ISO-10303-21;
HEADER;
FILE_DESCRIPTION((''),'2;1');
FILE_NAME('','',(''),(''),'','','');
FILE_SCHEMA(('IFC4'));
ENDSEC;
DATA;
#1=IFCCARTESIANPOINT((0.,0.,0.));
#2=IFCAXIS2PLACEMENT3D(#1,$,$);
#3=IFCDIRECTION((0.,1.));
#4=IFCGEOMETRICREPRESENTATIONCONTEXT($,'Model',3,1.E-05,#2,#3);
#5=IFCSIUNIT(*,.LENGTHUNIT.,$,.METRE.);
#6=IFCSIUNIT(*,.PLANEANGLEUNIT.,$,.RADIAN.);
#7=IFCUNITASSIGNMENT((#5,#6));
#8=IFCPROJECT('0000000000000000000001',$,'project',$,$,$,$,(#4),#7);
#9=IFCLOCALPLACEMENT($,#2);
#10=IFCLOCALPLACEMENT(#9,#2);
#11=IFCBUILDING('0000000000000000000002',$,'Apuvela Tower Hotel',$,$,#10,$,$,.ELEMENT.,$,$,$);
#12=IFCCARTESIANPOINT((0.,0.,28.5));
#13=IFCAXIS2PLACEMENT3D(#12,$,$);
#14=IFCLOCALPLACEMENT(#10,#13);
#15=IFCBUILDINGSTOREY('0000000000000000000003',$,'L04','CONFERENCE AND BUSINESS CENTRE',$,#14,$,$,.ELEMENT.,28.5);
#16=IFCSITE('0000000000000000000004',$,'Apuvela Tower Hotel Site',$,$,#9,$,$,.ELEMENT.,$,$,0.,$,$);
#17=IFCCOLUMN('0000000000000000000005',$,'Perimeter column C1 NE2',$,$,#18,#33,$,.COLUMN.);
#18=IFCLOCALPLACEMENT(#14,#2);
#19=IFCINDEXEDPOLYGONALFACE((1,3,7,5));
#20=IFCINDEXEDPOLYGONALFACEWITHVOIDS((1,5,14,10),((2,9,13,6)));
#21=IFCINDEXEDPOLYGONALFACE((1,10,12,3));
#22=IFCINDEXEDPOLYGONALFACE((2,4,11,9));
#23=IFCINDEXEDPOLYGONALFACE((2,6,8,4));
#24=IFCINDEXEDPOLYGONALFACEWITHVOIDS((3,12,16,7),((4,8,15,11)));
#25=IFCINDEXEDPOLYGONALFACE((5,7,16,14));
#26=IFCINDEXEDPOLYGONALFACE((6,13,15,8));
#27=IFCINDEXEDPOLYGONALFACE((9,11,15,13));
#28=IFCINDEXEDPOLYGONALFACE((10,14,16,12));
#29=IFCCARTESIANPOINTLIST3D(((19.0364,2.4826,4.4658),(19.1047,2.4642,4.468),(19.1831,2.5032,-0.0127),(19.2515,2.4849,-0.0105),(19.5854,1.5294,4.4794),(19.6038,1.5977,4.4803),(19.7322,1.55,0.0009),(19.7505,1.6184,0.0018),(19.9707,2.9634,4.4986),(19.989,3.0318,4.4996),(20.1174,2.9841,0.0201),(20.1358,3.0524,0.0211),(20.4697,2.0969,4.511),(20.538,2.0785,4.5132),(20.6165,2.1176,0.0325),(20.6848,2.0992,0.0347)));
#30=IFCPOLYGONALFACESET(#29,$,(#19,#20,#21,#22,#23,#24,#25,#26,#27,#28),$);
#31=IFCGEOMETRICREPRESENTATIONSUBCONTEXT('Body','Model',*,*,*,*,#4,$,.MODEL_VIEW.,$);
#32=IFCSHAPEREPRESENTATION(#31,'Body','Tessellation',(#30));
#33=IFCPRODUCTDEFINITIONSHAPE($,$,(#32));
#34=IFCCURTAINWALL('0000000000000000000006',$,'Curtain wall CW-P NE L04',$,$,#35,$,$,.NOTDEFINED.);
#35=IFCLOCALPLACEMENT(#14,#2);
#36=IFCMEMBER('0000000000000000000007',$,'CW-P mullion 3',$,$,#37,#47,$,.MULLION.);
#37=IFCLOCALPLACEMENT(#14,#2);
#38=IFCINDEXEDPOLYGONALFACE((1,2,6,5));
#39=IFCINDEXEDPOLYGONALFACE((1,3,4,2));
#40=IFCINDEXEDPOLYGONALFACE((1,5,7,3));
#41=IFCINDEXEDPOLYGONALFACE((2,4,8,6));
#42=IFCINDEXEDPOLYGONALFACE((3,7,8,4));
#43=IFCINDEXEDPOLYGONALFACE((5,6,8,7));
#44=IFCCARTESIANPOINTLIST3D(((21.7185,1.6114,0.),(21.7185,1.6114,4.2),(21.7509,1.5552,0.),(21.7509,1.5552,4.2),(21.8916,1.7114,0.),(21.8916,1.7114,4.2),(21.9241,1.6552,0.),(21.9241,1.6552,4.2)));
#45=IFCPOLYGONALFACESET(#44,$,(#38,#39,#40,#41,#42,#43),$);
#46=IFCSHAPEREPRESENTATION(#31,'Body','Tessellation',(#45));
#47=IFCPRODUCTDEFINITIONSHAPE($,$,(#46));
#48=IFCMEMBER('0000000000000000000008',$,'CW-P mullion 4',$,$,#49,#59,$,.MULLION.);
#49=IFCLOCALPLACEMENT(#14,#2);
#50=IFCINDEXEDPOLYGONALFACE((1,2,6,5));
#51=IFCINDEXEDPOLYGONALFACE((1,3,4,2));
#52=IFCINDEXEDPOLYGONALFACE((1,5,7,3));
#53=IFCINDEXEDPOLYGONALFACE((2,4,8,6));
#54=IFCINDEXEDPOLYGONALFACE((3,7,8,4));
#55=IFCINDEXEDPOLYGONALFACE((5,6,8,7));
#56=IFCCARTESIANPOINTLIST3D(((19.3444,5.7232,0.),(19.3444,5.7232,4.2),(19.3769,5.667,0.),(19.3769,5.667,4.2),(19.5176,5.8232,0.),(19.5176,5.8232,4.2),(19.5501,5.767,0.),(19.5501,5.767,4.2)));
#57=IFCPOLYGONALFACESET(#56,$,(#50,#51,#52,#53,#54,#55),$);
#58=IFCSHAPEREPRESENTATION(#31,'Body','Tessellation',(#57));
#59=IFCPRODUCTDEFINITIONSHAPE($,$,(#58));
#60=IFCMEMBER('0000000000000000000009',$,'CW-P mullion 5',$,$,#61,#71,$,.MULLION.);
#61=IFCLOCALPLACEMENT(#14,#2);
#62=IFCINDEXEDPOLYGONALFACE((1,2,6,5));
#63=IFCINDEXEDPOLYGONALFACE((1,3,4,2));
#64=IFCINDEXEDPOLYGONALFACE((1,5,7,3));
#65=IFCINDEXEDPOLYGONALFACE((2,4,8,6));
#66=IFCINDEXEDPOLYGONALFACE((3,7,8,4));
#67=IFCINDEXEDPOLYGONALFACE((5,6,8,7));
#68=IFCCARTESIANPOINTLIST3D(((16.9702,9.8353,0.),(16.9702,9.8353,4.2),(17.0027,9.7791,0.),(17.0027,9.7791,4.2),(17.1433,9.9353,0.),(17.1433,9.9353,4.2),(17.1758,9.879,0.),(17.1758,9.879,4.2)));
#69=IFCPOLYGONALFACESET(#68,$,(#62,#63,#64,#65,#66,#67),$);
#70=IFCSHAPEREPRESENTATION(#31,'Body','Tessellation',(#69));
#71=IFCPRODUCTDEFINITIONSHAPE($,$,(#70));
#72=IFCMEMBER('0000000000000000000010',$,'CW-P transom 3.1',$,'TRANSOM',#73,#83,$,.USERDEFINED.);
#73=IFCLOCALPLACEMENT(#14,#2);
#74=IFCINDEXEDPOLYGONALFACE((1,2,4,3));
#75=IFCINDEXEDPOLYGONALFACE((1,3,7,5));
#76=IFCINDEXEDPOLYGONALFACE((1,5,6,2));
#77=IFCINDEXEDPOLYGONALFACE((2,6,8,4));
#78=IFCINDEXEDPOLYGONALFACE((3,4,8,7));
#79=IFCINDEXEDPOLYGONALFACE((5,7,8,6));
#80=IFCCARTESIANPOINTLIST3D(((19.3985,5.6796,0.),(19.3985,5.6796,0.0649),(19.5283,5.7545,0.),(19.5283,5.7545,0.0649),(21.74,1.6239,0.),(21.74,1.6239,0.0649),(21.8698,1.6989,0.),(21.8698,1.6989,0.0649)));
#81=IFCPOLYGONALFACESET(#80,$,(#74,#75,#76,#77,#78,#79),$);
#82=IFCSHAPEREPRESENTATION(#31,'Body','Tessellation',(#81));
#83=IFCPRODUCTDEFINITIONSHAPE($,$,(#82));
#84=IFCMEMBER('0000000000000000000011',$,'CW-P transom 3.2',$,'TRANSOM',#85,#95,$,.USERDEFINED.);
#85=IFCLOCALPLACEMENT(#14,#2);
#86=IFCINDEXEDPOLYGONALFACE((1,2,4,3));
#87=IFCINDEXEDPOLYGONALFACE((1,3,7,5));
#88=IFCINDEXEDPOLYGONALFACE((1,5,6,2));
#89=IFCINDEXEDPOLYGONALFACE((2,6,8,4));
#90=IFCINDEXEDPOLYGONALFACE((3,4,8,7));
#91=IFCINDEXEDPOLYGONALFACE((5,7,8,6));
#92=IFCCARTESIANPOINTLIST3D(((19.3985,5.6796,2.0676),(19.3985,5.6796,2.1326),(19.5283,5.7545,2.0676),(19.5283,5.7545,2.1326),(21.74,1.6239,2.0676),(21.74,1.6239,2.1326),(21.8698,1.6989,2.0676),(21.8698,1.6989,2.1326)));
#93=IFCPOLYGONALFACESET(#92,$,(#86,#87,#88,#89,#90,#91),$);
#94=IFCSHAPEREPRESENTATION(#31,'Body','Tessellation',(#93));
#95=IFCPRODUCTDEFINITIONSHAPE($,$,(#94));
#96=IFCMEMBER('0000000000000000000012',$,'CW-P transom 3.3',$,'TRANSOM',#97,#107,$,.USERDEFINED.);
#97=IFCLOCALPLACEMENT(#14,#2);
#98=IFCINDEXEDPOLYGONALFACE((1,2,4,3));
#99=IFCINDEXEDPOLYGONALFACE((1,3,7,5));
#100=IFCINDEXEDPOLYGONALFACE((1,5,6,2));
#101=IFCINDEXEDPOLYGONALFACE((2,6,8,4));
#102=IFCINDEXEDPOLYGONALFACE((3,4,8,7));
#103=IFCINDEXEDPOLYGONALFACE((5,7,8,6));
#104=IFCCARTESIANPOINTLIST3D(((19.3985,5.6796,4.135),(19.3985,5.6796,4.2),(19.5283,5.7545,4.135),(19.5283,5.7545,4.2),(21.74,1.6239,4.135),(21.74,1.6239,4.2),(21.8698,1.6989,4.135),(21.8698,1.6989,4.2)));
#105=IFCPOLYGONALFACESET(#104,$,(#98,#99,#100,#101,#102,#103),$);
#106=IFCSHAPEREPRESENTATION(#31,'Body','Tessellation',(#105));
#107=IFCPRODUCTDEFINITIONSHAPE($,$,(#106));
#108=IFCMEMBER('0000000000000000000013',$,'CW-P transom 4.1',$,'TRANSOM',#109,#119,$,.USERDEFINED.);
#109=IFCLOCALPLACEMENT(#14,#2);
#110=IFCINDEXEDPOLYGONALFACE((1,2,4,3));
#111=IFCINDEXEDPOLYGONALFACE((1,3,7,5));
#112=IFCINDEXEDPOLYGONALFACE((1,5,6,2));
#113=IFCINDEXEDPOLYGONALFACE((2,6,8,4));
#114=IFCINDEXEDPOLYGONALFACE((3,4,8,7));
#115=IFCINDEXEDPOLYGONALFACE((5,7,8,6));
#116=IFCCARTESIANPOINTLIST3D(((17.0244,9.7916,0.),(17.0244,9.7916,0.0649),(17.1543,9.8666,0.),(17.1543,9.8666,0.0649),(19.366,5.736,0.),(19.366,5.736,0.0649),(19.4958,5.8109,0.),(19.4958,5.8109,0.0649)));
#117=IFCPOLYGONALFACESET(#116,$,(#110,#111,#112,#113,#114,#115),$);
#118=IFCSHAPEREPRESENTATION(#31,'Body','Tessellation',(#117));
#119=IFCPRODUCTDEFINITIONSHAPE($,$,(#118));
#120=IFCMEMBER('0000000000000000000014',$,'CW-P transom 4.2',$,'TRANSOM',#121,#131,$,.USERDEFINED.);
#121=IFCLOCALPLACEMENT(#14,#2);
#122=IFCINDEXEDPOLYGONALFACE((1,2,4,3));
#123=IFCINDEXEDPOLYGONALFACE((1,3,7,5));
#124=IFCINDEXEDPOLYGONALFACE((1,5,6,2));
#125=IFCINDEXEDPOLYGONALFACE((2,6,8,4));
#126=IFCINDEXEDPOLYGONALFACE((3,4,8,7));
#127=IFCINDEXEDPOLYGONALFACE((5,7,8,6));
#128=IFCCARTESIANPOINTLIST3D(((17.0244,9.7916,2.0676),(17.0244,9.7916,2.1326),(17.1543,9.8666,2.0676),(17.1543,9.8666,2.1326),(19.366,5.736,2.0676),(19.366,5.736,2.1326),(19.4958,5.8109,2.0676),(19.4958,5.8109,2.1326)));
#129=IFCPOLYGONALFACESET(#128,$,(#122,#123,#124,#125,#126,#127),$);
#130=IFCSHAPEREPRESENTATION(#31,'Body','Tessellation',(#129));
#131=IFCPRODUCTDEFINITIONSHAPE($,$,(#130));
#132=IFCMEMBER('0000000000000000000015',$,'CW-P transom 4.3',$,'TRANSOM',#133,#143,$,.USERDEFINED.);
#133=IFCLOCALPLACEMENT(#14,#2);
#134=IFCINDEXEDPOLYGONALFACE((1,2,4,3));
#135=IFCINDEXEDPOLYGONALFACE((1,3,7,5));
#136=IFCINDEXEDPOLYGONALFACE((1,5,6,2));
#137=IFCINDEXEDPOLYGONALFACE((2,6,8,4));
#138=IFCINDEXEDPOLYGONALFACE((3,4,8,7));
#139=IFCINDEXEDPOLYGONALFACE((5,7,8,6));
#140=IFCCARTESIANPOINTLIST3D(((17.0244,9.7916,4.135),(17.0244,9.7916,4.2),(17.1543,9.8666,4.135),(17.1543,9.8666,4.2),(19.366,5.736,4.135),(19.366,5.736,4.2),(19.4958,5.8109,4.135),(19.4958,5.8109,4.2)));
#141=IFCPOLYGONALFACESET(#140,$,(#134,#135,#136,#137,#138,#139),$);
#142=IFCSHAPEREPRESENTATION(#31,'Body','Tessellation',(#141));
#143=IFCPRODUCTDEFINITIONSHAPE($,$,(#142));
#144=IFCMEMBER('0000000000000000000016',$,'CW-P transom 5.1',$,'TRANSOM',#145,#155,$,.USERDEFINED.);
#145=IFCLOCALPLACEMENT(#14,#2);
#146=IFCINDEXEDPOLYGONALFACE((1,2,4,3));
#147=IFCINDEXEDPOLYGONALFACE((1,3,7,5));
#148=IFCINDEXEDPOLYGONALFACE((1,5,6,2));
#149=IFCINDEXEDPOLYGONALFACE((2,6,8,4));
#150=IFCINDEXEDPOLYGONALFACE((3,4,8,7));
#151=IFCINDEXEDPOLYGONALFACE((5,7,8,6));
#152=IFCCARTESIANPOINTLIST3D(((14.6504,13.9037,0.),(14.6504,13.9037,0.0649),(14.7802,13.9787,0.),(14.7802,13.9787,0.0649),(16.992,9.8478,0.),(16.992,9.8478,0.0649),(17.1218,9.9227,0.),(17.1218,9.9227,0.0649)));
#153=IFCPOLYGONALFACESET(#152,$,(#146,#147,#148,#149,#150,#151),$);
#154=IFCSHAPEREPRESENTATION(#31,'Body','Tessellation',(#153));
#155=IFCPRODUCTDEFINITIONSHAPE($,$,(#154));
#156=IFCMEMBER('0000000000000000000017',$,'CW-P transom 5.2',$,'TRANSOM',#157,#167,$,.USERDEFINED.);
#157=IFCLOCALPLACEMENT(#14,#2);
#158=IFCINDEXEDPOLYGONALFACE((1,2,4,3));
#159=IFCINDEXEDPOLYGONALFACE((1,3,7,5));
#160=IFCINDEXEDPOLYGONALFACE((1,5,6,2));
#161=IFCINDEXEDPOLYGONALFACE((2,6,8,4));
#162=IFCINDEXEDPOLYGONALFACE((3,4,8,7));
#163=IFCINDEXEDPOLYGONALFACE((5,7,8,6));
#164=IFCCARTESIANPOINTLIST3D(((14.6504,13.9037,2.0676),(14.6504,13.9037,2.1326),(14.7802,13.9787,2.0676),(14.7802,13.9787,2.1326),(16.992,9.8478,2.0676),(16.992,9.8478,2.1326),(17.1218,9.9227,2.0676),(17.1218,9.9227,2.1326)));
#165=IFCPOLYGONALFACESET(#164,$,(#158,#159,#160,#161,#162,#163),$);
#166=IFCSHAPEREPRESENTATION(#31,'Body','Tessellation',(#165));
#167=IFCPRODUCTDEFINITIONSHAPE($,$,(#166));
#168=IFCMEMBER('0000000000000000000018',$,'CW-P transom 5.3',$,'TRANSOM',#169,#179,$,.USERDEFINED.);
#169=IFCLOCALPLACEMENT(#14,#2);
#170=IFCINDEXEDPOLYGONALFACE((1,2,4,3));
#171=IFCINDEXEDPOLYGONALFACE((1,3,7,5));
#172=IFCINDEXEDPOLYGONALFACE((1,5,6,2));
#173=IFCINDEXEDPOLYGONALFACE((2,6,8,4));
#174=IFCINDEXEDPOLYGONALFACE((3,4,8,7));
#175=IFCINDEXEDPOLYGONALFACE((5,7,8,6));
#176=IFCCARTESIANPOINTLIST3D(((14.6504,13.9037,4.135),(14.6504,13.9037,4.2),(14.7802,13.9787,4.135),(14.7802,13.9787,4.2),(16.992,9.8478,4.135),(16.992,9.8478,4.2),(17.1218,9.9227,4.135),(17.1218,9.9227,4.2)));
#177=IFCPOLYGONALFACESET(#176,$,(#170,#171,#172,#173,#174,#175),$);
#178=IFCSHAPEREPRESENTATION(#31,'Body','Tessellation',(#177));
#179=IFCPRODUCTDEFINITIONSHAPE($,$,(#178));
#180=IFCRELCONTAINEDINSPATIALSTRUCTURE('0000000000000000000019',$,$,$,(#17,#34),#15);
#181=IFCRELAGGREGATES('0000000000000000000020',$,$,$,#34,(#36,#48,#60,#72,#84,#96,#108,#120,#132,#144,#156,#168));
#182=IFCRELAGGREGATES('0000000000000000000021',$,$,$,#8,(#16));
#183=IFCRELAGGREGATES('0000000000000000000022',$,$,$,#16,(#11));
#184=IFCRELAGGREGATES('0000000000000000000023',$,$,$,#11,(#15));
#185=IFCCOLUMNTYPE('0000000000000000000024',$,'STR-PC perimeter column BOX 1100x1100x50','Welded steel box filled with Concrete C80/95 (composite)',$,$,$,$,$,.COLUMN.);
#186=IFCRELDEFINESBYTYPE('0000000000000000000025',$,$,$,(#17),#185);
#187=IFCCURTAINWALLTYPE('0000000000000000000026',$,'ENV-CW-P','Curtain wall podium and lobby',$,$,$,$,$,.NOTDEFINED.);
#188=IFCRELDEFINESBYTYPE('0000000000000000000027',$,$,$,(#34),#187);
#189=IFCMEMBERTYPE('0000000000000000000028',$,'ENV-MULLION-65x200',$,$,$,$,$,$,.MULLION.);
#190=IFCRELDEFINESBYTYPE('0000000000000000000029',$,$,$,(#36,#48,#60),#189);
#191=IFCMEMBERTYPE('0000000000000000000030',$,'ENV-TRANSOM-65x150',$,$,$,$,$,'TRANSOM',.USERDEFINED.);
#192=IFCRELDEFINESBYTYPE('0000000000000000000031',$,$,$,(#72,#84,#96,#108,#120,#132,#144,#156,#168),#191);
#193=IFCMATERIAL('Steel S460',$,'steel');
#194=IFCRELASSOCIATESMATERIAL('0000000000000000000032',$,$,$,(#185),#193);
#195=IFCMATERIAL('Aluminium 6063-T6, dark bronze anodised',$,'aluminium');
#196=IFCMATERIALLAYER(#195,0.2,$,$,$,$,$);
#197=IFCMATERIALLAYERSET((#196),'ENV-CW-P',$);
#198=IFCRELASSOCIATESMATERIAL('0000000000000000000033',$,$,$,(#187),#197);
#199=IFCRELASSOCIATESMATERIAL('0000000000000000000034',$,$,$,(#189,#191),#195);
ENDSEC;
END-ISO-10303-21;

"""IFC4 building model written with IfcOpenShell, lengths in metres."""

from ifc_helpers import new_model, si_unit, direction, frame, origin, origin_2d, place, context, subcontext, project, spatial, rectangle, hollow_rectangle, extrude, boolean, halfspace, material, layer, layer_set, material_profile, profile_set, type_object, element, aggregate, save


model = new_model("IFC4")

# Units and contexts
model_context = context("Model", 3, precision=1e-05, world=origin(), true_north=direction((0.0, 1.0)))
body_context = subcontext(model_context, "Body", "Model", "MODEL_VIEW")
ifc_project = project(units=[si_unit("LENGTHUNIT", "METRE"), si_unit("PLANEANGLEUNIT", "RADIAN")], contexts=[model_context])

# Site, building, storey
site_placement = place(None, origin())
site = spatial("IfcSite", under=ifc_project, at=site_placement, Name="Apuvela Tower Hotel Site", CompositionType="ELEMENT", RefElevation=0.0)
building_placement = place(site_placement, origin())
building = spatial("IfcBuilding", under=site, at=building_placement, Name="Apuvela Tower Hotel", CompositionType="ELEMENT")
storey_placement = place(building_placement, frame((0.0, 0.0, 28.5)))
storey = spatial("IfcBuildingStorey", under=building, at=storey_placement, Name="L04", Description="CONFERENCE AND BUSINESS CENTRE", CompositionType="ELEMENT", Elevation=28.5)

# Column
ifc_material_1 = material(Name="Steel S460", Category="steel")
ifc_material_profile_1 = material_profile(ifc_material_1, hollow_rectangle(XDim=1.1001, YDim=1.1001, WallThickness=0.05, at=origin_2d()), Name="BOX 1100x1100x50")
ifc_material_2 = material(Name="Concrete C80/95", Category="concrete")
ifc_material_profile_2 = material_profile(ifc_material_2, rectangle(XDim=1.0, YDim=1.0, at=origin_2d()), Name="Concrete C80/95 infill")
ifc_profile_set_1 = profile_set([ifc_material_profile_1, ifc_material_profile_2], Name="Steel S460")
column_type = type_object("IfcColumnType", Name="STR-PC perimeter column BOX 1100x1100x50", Description="Welded steel box filled with Concrete C80/95 (composite)", PredefinedType="COLUMN", material=ifc_profile_set_1)
column_placement = place(storey_placement, frame((19.9343, 2.3013, 0.0), z_axis=(-0.032751, -0.004609, 0.999453), x_axis=(0.499065, -0.866476, 0.012358)))
element("IfcColumn", 1, at=column_placement, inside=storey, type_object=column_type, Name="Perimeter column C1 NE2", PredefinedType="COLUMN", context=body_context, shape_type="SweptSolid", body=[
    boolean("DIFFERENCE", boolean("DIFFERENCE", extrude(hollow_rectangle(XDim=1.1001, YDim=1.1001, WallThickness=0.05, at=origin_2d()), origin(), (0.0, 0.0, 1.0), 4.5024), halfspace(frame((0.0, 0.0, 0.011), z_axis=(0.0, 0.0, 1.0), x_axis=(1.0, 0.0, 0.0)), True)), halfspace(frame((0.0, 0.0, 4.4919), z_axis=(0.0, 0.0, 1.0), x_axis=(1.0, 0.0, 0.0)), False)),
])

# Curtain wall, members
ifc_material_3 = material(Name="Aluminium 6063-T6, dark bronze anodised", Category="aluminium")
ifc_layer_1 = layer(ifc_material_3, 0.2)
ifc_layer_set_1 = layer_set([ifc_layer_1], Name="ENV-CW-P")
curtain_wall_type = type_object("IfcCurtainWallType", Name="ENV-CW-P", Description="Curtain wall podium and lobby", PredefinedType="NOTDEFINED", material=ifc_layer_set_1)
curtain_wall_placement = place(storey_placement, origin())
curtain_wall = element("IfcCurtainWall", 2, at=curtain_wall_placement, inside=storey, type_object=curtain_wall_type, Name="Curtain wall CW-P NE L04", PredefinedType="NOTDEFINED")
ifc_material_profile_3 = material_profile(ifc_material_3, rectangle(XDim=0.2, YDim=0.0649, at=origin_2d()), Name="AL 65x200")
ifc_profile_set_2 = profile_set([ifc_material_profile_3], Name="Aluminium 6063-T6, dark bronze anodised")
member_type_1 = type_object("IfcMemberType", Name="ENV-MULLION-65x200", PredefinedType="MULLION", material=ifc_profile_set_2)
member_1_placement = place(storey_placement, frame((21.8213, 1.6333, 0.0), z_axis=(0.0, 0.0, 1.0), x_axis=(-0.866024, -0.500002, 0.0)))
member_1 = element("IfcMember", 3, at=member_1_placement, type_object=member_type_1, Name="CW-P mullion 3", PredefinedType="MULLION", context=body_context, shape_type="SweptSolid", body=[
    extrude(rectangle(XDim=0.2, YDim=0.0649, at=origin_2d()), origin(), (0.0, 0.0, 1.0), 4.2),
])
member_2_placement = place(storey_placement, frame((19.4473, 5.7451, 0.0), z_axis=(0.0, 0.0, 1.0), x_axis=(-0.866024, -0.500002, 0.0)))
member_2 = element("IfcMember", 4, at=member_2_placement, type_object=member_type_1, Name="CW-P mullion 4", PredefinedType="MULLION", context=body_context, shape_type="SweptSolid", body=[
    extrude(rectangle(XDim=0.2, YDim=0.0649, at=origin_2d()), origin(), (0.0, 0.0, 1.0), 4.2),
])
member_3_placement = place(storey_placement, frame((17.073, 9.8572, 0.0), z_axis=(0.0, 0.0, 1.0), x_axis=(-0.866024, -0.500002, 0.0)))
member_3 = element("IfcMember", 5, at=member_3_placement, type_object=member_type_1, Name="CW-P mullion 5", PredefinedType="MULLION", context=body_context, shape_type="SweptSolid", body=[
    extrude(rectangle(XDim=0.2, YDim=0.0649, at=origin_2d()), origin(), (0.0, 0.0, 1.0), 4.2),
])
ifc_material_profile_4 = material_profile(ifc_material_3, rectangle(XDim=0.1499, YDim=0.0649, at=origin_2d()), Name="AL 65x150 transom")
ifc_profile_set_3 = profile_set([ifc_material_profile_4], Name="Aluminium 6063-T6, dark bronze anodised")
member_type_2 = type_object("IfcMemberType", Name="ENV-TRANSOM-65x150", ElementType="TRANSOM", PredefinedType="USERDEFINED", material=ifc_profile_set_3)
member_4_placement = place(storey_placement, frame((21.8049, 1.6614, 0.0325), z_axis=(-0.500002, 0.866024, 0.0), x_axis=(-0.866024, -0.500002, 0.0)))
member_4 = element("IfcMember", 6, at=member_4_placement, type_object=member_type_2, Name="CW-P transom 3.1", ObjectType="TRANSOM", PredefinedType="USERDEFINED", context=body_context, shape_type="SweptSolid", body=[
    extrude(rectangle(XDim=0.1499, YDim=0.0649, at=origin_2d()), origin(), (0.0, 0.0, 1.0), 4.6831),
])
member_5_placement = place(storey_placement, frame((21.8049, 1.6614, 2.1001), z_axis=(-0.500002, 0.866024, 0.0), x_axis=(-0.866024, -0.500002, 0.0)))
member_5 = element("IfcMember", 7, at=member_5_placement, type_object=member_type_2, Name="CW-P transom 3.2", ObjectType="TRANSOM", PredefinedType="USERDEFINED", context=body_context, shape_type="SweptSolid", body=[
    extrude(rectangle(XDim=0.1499, YDim=0.0649, at=origin_2d()), origin(), (0.0, 0.0, 1.0), 4.6831),
])
member_6_placement = place(storey_placement, frame((21.8049, 1.6614, 4.1675), z_axis=(-0.500002, 0.866024, 0.0), x_axis=(-0.866024, -0.500002, 0.0)))
member_6 = element("IfcMember", 8, at=member_6_placement, type_object=member_type_2, Name="CW-P transom 3.3", ObjectType="TRANSOM", PredefinedType="USERDEFINED", context=body_context, shape_type="SweptSolid", body=[
    extrude(rectangle(XDim=0.1499, YDim=0.0649, at=origin_2d()), origin(), (0.0, 0.0, 1.0), 4.6831),
])
member_7_placement = place(storey_placement, frame((19.4309, 5.7734, 0.0325), z_axis=(-0.500002, 0.866024, 0.0), x_axis=(-0.866024, -0.500002, 0.0)))
member_7 = element("IfcMember", 9, at=member_7_placement, type_object=member_type_2, Name="CW-P transom 4.1", ObjectType="TRANSOM", PredefinedType="USERDEFINED", context=body_context, shape_type="SweptSolid", body=[
    extrude(rectangle(XDim=0.1499, YDim=0.0649, at=origin_2d()), origin(), (0.0, 0.0, 1.0), 4.6831),
])
member_8_placement = place(storey_placement, frame((19.4309, 5.7734, 2.1001), z_axis=(-0.500002, 0.866024, 0.0), x_axis=(-0.866024, -0.500002, 0.0)))
member_8 = element("IfcMember", 10, at=member_8_placement, type_object=member_type_2, Name="CW-P transom 4.2", ObjectType="TRANSOM", PredefinedType="USERDEFINED", context=body_context, shape_type="SweptSolid", body=[
    extrude(rectangle(XDim=0.1499, YDim=0.0649, at=origin_2d()), origin(), (0.0, 0.0, 1.0), 4.6831),
])
member_9_placement = place(storey_placement, frame((19.4309, 5.7734, 4.1675), z_axis=(-0.500002, 0.866024, 0.0), x_axis=(-0.866024, -0.500002, 0.0)))
member_9 = element("IfcMember", 11, at=member_9_placement, type_object=member_type_2, Name="CW-P transom 4.3", ObjectType="TRANSOM", PredefinedType="USERDEFINED", context=body_context, shape_type="SweptSolid", body=[
    extrude(rectangle(XDim=0.1499, YDim=0.0649, at=origin_2d()), origin(), (0.0, 0.0, 1.0), 4.6831),
])
member_10_placement = place(storey_placement, frame((17.0569, 9.8853, 0.0325), z_axis=(-0.49998, 0.866037, 0.0), x_axis=(-0.866037, -0.49998, 0.0)))
member_10 = element("IfcMember", 12, at=member_10_placement, type_object=member_type_2, Name="CW-P transom 5.1", ObjectType="TRANSOM", PredefinedType="USERDEFINED", context=body_context, shape_type="SweptSolid", body=[
    extrude(rectangle(XDim=0.1499, YDim=0.0649, at=origin_2d()), origin(), (0.0, 0.0, 1.0), 4.6833),
])
member_11_placement = place(storey_placement, frame((17.0569, 9.8853, 2.1001), z_axis=(-0.49998, 0.866037, 0.0), x_axis=(-0.866037, -0.49998, 0.0)))
member_11 = element("IfcMember", 13, at=member_11_placement, type_object=member_type_2, Name="CW-P transom 5.2", ObjectType="TRANSOM", PredefinedType="USERDEFINED", context=body_context, shape_type="SweptSolid", body=[
    extrude(rectangle(XDim=0.1499, YDim=0.0649, at=origin_2d()), origin(), (0.0, 0.0, 1.0), 4.6833),
])
member_12_placement = place(storey_placement, frame((17.0569, 9.8853, 4.1675), z_axis=(-0.49998, 0.866037, 0.0), x_axis=(-0.866037, -0.49998, 0.0)))
member_12 = element("IfcMember", 14, at=member_12_placement, type_object=member_type_2, Name="CW-P transom 5.3", ObjectType="TRANSOM", PredefinedType="USERDEFINED", context=body_context, shape_type="SweptSolid", body=[
    extrude(rectangle(XDim=0.1499, YDim=0.0649, at=origin_2d()), origin(), (0.0, 0.0, 1.0), 4.6833),
])

aggregate(curtain_wall, [member_1, member_2, member_3, member_4, member_5, member_6, member_7, member_8, member_9, member_10, member_11, member_12])

save(model, "model.ifc")
